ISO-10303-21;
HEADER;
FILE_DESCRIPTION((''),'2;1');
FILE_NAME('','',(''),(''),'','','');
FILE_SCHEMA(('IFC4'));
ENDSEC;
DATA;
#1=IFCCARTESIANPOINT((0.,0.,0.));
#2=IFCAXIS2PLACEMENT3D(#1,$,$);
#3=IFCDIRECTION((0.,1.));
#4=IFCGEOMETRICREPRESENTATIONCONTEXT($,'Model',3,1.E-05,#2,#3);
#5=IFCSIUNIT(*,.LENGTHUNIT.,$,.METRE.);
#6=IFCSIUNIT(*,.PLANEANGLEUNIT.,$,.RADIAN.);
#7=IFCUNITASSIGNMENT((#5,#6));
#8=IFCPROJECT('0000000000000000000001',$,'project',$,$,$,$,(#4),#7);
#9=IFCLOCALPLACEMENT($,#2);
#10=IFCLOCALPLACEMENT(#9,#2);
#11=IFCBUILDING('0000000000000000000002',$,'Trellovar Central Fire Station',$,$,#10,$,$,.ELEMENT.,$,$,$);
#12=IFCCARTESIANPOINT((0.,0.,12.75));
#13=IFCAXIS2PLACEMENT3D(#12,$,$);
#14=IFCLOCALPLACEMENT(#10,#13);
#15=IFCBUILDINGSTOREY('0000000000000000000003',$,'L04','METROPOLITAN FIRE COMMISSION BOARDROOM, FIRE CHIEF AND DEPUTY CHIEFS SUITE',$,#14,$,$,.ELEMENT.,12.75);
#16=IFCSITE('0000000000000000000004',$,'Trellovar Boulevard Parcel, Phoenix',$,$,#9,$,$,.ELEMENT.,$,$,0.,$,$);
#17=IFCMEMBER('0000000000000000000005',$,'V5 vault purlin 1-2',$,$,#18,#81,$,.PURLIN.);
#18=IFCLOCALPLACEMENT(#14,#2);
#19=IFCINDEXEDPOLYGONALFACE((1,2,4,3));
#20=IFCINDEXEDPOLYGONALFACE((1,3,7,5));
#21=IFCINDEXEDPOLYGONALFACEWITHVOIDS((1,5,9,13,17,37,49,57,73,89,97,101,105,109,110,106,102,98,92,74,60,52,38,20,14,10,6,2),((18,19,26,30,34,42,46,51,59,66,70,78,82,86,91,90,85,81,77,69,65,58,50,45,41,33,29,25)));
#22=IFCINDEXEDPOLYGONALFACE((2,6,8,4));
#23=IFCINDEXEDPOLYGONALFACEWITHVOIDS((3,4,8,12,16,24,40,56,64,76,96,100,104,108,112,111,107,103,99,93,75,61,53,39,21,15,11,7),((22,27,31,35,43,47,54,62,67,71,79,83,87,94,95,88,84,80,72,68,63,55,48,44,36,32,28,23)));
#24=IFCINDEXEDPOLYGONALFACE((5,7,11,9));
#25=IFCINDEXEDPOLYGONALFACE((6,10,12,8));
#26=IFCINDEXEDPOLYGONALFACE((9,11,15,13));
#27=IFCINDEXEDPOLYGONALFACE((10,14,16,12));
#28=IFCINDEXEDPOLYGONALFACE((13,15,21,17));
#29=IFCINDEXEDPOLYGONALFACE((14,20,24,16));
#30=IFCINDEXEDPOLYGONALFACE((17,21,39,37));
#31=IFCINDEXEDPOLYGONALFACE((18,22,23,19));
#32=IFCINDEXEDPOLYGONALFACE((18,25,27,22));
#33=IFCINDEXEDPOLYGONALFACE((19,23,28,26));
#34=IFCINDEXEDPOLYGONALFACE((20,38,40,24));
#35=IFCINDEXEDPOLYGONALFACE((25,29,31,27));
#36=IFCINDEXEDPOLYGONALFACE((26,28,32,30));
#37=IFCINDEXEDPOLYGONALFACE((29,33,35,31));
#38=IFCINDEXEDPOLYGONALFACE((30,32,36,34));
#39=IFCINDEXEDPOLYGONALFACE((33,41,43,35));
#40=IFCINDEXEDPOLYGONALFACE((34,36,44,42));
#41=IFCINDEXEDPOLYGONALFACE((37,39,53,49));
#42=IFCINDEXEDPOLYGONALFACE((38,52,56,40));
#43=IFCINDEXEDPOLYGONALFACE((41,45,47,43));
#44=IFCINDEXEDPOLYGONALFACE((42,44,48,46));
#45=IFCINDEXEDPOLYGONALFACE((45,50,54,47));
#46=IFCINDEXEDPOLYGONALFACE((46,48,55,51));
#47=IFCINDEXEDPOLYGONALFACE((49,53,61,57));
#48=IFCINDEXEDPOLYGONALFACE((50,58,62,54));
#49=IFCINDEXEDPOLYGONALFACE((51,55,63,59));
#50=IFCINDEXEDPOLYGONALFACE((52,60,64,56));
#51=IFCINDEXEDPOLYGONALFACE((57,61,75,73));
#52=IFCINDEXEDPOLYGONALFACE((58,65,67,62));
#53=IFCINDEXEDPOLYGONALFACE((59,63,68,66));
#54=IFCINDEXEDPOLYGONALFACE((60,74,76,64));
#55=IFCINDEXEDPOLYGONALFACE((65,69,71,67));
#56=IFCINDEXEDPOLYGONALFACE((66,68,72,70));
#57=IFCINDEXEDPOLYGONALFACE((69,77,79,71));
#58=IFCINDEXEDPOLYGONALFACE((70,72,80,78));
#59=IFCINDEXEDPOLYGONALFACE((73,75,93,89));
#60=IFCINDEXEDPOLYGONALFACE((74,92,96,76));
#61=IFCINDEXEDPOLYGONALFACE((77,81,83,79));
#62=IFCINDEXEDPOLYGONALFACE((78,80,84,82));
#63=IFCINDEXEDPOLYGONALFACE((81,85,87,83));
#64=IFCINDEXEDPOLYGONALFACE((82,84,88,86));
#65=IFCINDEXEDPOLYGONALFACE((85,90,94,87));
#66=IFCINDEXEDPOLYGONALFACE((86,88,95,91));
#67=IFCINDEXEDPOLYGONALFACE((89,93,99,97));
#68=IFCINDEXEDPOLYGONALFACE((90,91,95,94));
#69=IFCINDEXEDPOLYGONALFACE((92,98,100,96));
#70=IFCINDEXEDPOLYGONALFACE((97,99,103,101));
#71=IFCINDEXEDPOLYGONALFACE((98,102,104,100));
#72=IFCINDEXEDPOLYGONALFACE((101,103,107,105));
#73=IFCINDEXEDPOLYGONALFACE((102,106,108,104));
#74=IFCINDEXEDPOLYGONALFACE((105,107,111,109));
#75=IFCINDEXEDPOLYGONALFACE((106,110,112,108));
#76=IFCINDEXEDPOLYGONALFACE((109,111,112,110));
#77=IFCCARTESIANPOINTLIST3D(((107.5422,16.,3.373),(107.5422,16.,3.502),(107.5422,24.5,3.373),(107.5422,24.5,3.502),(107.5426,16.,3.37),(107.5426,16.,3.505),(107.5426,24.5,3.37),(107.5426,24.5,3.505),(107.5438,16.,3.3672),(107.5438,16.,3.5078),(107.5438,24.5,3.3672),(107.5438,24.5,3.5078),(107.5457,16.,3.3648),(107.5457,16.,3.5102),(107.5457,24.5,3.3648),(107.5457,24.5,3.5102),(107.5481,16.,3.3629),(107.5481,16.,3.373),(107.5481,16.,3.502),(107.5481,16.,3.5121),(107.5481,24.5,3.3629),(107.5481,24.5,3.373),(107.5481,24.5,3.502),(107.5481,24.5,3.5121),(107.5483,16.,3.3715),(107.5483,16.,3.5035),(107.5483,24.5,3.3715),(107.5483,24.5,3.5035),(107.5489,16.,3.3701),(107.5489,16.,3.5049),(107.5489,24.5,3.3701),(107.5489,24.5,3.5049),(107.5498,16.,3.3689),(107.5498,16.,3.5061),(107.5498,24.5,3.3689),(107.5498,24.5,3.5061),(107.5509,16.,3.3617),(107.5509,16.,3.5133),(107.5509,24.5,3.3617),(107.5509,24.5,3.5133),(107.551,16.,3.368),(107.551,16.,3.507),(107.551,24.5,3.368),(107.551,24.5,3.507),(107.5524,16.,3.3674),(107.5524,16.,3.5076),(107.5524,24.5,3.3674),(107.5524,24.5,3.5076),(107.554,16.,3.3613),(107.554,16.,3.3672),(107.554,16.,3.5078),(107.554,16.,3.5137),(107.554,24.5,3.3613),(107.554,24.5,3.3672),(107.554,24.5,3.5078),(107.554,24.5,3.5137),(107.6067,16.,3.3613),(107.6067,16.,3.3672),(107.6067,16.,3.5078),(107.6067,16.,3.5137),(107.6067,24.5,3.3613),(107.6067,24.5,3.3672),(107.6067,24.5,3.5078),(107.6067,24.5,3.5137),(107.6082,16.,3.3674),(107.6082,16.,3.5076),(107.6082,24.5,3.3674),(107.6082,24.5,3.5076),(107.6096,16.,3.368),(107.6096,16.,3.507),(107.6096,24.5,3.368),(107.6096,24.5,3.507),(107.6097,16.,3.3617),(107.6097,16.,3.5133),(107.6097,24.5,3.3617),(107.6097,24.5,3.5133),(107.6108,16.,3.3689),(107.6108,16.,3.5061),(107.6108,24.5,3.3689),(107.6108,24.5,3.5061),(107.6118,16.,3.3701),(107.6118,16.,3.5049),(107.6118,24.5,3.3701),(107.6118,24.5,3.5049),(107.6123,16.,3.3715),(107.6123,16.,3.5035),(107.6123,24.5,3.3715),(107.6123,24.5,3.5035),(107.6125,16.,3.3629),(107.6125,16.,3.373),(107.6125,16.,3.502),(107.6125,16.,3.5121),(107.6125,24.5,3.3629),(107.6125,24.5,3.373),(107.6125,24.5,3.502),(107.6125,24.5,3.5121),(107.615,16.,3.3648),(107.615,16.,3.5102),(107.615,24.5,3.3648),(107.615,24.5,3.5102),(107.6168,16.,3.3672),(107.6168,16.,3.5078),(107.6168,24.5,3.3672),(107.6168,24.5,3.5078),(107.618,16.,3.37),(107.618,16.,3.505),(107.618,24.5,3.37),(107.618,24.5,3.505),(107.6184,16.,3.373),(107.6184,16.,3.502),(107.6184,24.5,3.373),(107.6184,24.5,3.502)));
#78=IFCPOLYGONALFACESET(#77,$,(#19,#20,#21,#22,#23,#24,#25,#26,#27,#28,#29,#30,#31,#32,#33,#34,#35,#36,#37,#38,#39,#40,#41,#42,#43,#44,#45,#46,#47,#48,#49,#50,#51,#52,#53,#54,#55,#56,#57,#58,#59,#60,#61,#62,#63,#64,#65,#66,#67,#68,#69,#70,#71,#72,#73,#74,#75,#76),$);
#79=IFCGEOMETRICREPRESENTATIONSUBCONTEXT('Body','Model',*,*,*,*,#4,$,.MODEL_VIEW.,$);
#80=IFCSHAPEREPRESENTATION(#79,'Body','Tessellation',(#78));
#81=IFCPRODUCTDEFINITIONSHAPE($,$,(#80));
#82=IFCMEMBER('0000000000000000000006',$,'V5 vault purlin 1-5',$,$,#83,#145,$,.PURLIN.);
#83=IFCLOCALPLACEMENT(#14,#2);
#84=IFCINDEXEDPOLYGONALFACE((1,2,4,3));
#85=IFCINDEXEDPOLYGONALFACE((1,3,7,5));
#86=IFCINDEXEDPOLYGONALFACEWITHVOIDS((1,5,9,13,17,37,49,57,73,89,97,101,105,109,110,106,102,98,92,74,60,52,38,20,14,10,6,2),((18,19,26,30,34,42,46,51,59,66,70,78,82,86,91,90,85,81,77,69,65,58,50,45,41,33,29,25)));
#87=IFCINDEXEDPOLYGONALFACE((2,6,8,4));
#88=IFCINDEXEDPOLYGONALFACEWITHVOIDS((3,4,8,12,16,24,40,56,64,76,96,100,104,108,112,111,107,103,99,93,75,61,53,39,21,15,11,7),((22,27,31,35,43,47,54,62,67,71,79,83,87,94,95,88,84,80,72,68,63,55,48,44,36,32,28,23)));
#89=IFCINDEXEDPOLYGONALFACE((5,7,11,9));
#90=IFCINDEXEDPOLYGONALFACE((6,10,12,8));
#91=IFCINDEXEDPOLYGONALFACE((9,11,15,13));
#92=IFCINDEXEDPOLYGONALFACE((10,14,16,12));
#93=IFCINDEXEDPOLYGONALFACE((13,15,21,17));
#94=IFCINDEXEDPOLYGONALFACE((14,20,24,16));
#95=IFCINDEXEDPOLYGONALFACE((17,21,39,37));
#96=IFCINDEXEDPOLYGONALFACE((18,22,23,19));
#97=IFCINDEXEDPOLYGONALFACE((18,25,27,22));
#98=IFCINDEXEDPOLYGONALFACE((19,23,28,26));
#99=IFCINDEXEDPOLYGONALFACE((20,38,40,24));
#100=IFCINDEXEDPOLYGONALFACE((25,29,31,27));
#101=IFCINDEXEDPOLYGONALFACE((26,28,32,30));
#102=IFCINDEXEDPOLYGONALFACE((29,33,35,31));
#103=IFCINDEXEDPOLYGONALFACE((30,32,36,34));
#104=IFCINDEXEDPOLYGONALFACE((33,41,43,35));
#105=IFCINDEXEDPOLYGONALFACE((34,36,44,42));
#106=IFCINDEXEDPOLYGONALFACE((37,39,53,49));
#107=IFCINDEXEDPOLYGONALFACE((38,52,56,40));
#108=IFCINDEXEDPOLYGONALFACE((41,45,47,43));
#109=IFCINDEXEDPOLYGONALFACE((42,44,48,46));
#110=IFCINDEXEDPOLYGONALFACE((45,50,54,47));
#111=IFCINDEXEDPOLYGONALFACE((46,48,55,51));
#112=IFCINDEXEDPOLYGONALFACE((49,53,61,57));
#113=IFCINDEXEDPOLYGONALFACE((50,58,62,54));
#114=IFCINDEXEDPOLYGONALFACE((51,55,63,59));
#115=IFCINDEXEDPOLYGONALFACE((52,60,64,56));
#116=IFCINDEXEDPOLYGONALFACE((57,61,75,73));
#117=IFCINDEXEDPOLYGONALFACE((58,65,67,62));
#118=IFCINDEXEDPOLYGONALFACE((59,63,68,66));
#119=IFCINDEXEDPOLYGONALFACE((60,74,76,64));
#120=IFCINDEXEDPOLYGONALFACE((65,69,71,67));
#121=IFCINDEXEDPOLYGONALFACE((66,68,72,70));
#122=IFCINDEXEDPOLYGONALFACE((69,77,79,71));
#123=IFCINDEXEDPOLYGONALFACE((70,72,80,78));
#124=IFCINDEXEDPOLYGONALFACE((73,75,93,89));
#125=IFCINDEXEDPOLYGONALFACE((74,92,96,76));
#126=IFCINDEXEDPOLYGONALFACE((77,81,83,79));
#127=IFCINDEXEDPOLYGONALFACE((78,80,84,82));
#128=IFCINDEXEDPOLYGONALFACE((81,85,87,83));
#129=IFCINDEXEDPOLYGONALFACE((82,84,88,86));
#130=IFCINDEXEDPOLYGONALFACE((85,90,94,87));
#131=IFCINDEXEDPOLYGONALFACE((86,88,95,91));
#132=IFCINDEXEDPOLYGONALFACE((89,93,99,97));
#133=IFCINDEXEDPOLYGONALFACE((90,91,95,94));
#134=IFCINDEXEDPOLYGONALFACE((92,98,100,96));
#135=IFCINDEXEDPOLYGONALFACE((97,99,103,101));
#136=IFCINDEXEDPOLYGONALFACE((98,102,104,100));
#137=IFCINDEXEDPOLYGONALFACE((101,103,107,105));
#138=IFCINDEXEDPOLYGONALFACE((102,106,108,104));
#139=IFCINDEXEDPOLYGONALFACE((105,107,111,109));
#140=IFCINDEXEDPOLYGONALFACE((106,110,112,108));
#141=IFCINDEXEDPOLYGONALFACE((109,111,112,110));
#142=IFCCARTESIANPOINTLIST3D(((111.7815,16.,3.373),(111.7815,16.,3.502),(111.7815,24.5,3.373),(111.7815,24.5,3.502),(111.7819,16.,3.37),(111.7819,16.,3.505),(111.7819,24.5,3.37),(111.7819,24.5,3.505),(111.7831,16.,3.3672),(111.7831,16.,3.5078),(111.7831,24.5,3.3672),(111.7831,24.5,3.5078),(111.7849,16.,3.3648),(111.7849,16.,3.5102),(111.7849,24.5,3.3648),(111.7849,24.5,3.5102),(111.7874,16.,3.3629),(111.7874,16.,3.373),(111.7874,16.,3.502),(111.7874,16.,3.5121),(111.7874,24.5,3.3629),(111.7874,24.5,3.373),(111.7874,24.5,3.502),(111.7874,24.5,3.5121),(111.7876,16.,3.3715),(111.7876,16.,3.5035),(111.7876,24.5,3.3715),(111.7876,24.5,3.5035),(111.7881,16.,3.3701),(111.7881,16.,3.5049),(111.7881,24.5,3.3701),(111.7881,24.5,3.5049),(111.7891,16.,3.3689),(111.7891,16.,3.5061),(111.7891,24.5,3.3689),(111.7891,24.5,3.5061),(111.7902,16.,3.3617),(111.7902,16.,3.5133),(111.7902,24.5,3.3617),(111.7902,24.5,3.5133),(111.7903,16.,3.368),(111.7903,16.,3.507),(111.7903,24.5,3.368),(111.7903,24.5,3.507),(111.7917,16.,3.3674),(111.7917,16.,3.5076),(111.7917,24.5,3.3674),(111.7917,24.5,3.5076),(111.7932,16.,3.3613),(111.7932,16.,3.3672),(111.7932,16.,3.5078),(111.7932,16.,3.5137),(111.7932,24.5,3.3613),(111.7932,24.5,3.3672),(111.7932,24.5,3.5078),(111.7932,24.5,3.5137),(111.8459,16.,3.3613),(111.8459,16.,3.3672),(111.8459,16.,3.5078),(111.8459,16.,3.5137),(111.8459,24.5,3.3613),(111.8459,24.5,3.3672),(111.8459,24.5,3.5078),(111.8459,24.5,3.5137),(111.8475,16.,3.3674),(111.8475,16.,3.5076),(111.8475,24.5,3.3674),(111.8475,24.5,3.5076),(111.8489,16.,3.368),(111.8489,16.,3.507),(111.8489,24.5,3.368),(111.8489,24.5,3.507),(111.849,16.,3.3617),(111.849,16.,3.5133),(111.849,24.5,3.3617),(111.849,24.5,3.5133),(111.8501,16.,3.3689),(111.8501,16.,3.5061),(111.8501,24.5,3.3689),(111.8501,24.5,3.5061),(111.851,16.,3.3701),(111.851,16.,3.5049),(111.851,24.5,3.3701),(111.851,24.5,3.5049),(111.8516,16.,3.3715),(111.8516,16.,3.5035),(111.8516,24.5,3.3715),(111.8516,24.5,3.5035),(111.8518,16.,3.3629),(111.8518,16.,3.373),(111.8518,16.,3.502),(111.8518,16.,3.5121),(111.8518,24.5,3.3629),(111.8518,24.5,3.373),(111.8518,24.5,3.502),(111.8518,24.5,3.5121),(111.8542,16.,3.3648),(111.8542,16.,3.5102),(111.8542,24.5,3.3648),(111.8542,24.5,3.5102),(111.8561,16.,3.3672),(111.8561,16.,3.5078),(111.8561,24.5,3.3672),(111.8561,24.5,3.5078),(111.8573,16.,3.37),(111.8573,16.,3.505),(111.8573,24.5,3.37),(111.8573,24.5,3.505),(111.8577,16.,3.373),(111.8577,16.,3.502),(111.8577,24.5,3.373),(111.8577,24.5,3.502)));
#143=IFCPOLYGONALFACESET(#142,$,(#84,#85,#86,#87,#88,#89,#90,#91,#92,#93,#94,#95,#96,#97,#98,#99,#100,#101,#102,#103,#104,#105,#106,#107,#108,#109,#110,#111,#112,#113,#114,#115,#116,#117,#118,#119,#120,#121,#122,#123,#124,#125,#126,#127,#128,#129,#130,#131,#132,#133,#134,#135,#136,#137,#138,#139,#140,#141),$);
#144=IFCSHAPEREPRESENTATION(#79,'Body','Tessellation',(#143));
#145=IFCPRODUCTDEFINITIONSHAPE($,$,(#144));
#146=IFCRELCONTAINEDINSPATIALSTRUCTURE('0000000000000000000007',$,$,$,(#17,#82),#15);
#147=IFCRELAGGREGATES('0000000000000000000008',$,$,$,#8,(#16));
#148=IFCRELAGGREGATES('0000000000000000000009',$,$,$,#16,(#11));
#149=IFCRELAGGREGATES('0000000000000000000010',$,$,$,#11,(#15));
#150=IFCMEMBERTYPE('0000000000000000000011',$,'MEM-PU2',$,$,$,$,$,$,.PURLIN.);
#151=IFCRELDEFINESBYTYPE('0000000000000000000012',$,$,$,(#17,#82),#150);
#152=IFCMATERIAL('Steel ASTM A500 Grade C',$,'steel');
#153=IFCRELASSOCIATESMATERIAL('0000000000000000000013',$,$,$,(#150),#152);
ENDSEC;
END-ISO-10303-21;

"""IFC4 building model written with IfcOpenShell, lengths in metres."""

from ifc_helpers import new_model, si_unit, direction, frame, origin, origin_2d, place, context, subcontext, project, spatial, hollow_rectangle, extrude, material, material_profile, profile_set, type_object, element, save


model = new_model("IFC4")

# Units and contexts
model_context = context("Model", 3, precision=1e-05, world=origin(), true_north=direction((0.0, 1.0)))
body_context = subcontext(model_context, "Body", "Model", "MODEL_VIEW")
ifc_project = project(units=[si_unit("LENGTHUNIT", "METRE"), si_unit("PLANEANGLEUNIT", "RADIAN")], contexts=[model_context])

# Site, building, storey
site_placement = place(None, origin())
site = spatial("IfcSite", under=ifc_project, at=site_placement, Name="Trellovar Boulevard Parcel, Phoenix", CompositionType="ELEMENT", RefElevation=0.0)
building_placement = place(site_placement, origin())
building = spatial("IfcBuilding", under=site, at=building_placement, Name="Trellovar Central Fire Station", CompositionType="ELEMENT")
storey_placement = place(building_placement, frame((0.0, 0.0, 12.75)))
storey = spatial("IfcBuildingStorey", under=building, at=storey_placement, Name="L04", Description="METROPOLITAN FIRE COMMISSION BOARDROOM, FIRE CHIEF AND DEPUTY CHIEFS SUITE", CompositionType="ELEMENT", Elevation=12.75)

# Members
ifc_material_1 = material(Name="Steel ASTM A500 Grade C", Category="steel")
ifc_material_profile_1 = material_profile(ifc_material_1, hollow_rectangle(XDim=0.0762, YDim=0.1523, WallThickness=0.0059, InnerFilletRadius=0.0059, OuterFilletRadius=0.0117, at=origin_2d()), Name="HSS6X3X1/4")
ifc_profile_set_1 = profile_set([ifc_material_profile_1], Name="Steel ASTM A500 Grade C")
member_type_1 = type_object("IfcMemberType", Name="MEM-PU2", PredefinedType="PURLIN", material=ifc_profile_set_1)
for number, where, z_axis, x_axis, name in (
    (1, (107.5803, 16.0, 3.4375), (0.0, 1.0, 0.0), (-1.0, 0.0, 0.0), "V5 vault purlin 1-2"),
    (2, (111.8196, 16.0, 3.4375), (0.0, 1.0, 0.0), (-1.0, 0.0, 0.0), "V5 vault purlin 1-5"),
):
    element("IfcMember", number, at=place(storey_placement, frame(where, z_axis=z_axis, x_axis=x_axis)), inside=storey, type_object=member_type_1, Name=name, PredefinedType="PURLIN", context=body_context, shape_type="SweptSolid", body=[
        extrude(hollow_rectangle(XDim=0.0762, YDim=0.1523, WallThickness=0.0059, InnerFilletRadius=0.0059, OuterFilletRadius=0.0117, at=origin_2d()), origin(), (0.0, 0.0, 1.0), 8.5),
    ])

save(model, "model.ifc")
